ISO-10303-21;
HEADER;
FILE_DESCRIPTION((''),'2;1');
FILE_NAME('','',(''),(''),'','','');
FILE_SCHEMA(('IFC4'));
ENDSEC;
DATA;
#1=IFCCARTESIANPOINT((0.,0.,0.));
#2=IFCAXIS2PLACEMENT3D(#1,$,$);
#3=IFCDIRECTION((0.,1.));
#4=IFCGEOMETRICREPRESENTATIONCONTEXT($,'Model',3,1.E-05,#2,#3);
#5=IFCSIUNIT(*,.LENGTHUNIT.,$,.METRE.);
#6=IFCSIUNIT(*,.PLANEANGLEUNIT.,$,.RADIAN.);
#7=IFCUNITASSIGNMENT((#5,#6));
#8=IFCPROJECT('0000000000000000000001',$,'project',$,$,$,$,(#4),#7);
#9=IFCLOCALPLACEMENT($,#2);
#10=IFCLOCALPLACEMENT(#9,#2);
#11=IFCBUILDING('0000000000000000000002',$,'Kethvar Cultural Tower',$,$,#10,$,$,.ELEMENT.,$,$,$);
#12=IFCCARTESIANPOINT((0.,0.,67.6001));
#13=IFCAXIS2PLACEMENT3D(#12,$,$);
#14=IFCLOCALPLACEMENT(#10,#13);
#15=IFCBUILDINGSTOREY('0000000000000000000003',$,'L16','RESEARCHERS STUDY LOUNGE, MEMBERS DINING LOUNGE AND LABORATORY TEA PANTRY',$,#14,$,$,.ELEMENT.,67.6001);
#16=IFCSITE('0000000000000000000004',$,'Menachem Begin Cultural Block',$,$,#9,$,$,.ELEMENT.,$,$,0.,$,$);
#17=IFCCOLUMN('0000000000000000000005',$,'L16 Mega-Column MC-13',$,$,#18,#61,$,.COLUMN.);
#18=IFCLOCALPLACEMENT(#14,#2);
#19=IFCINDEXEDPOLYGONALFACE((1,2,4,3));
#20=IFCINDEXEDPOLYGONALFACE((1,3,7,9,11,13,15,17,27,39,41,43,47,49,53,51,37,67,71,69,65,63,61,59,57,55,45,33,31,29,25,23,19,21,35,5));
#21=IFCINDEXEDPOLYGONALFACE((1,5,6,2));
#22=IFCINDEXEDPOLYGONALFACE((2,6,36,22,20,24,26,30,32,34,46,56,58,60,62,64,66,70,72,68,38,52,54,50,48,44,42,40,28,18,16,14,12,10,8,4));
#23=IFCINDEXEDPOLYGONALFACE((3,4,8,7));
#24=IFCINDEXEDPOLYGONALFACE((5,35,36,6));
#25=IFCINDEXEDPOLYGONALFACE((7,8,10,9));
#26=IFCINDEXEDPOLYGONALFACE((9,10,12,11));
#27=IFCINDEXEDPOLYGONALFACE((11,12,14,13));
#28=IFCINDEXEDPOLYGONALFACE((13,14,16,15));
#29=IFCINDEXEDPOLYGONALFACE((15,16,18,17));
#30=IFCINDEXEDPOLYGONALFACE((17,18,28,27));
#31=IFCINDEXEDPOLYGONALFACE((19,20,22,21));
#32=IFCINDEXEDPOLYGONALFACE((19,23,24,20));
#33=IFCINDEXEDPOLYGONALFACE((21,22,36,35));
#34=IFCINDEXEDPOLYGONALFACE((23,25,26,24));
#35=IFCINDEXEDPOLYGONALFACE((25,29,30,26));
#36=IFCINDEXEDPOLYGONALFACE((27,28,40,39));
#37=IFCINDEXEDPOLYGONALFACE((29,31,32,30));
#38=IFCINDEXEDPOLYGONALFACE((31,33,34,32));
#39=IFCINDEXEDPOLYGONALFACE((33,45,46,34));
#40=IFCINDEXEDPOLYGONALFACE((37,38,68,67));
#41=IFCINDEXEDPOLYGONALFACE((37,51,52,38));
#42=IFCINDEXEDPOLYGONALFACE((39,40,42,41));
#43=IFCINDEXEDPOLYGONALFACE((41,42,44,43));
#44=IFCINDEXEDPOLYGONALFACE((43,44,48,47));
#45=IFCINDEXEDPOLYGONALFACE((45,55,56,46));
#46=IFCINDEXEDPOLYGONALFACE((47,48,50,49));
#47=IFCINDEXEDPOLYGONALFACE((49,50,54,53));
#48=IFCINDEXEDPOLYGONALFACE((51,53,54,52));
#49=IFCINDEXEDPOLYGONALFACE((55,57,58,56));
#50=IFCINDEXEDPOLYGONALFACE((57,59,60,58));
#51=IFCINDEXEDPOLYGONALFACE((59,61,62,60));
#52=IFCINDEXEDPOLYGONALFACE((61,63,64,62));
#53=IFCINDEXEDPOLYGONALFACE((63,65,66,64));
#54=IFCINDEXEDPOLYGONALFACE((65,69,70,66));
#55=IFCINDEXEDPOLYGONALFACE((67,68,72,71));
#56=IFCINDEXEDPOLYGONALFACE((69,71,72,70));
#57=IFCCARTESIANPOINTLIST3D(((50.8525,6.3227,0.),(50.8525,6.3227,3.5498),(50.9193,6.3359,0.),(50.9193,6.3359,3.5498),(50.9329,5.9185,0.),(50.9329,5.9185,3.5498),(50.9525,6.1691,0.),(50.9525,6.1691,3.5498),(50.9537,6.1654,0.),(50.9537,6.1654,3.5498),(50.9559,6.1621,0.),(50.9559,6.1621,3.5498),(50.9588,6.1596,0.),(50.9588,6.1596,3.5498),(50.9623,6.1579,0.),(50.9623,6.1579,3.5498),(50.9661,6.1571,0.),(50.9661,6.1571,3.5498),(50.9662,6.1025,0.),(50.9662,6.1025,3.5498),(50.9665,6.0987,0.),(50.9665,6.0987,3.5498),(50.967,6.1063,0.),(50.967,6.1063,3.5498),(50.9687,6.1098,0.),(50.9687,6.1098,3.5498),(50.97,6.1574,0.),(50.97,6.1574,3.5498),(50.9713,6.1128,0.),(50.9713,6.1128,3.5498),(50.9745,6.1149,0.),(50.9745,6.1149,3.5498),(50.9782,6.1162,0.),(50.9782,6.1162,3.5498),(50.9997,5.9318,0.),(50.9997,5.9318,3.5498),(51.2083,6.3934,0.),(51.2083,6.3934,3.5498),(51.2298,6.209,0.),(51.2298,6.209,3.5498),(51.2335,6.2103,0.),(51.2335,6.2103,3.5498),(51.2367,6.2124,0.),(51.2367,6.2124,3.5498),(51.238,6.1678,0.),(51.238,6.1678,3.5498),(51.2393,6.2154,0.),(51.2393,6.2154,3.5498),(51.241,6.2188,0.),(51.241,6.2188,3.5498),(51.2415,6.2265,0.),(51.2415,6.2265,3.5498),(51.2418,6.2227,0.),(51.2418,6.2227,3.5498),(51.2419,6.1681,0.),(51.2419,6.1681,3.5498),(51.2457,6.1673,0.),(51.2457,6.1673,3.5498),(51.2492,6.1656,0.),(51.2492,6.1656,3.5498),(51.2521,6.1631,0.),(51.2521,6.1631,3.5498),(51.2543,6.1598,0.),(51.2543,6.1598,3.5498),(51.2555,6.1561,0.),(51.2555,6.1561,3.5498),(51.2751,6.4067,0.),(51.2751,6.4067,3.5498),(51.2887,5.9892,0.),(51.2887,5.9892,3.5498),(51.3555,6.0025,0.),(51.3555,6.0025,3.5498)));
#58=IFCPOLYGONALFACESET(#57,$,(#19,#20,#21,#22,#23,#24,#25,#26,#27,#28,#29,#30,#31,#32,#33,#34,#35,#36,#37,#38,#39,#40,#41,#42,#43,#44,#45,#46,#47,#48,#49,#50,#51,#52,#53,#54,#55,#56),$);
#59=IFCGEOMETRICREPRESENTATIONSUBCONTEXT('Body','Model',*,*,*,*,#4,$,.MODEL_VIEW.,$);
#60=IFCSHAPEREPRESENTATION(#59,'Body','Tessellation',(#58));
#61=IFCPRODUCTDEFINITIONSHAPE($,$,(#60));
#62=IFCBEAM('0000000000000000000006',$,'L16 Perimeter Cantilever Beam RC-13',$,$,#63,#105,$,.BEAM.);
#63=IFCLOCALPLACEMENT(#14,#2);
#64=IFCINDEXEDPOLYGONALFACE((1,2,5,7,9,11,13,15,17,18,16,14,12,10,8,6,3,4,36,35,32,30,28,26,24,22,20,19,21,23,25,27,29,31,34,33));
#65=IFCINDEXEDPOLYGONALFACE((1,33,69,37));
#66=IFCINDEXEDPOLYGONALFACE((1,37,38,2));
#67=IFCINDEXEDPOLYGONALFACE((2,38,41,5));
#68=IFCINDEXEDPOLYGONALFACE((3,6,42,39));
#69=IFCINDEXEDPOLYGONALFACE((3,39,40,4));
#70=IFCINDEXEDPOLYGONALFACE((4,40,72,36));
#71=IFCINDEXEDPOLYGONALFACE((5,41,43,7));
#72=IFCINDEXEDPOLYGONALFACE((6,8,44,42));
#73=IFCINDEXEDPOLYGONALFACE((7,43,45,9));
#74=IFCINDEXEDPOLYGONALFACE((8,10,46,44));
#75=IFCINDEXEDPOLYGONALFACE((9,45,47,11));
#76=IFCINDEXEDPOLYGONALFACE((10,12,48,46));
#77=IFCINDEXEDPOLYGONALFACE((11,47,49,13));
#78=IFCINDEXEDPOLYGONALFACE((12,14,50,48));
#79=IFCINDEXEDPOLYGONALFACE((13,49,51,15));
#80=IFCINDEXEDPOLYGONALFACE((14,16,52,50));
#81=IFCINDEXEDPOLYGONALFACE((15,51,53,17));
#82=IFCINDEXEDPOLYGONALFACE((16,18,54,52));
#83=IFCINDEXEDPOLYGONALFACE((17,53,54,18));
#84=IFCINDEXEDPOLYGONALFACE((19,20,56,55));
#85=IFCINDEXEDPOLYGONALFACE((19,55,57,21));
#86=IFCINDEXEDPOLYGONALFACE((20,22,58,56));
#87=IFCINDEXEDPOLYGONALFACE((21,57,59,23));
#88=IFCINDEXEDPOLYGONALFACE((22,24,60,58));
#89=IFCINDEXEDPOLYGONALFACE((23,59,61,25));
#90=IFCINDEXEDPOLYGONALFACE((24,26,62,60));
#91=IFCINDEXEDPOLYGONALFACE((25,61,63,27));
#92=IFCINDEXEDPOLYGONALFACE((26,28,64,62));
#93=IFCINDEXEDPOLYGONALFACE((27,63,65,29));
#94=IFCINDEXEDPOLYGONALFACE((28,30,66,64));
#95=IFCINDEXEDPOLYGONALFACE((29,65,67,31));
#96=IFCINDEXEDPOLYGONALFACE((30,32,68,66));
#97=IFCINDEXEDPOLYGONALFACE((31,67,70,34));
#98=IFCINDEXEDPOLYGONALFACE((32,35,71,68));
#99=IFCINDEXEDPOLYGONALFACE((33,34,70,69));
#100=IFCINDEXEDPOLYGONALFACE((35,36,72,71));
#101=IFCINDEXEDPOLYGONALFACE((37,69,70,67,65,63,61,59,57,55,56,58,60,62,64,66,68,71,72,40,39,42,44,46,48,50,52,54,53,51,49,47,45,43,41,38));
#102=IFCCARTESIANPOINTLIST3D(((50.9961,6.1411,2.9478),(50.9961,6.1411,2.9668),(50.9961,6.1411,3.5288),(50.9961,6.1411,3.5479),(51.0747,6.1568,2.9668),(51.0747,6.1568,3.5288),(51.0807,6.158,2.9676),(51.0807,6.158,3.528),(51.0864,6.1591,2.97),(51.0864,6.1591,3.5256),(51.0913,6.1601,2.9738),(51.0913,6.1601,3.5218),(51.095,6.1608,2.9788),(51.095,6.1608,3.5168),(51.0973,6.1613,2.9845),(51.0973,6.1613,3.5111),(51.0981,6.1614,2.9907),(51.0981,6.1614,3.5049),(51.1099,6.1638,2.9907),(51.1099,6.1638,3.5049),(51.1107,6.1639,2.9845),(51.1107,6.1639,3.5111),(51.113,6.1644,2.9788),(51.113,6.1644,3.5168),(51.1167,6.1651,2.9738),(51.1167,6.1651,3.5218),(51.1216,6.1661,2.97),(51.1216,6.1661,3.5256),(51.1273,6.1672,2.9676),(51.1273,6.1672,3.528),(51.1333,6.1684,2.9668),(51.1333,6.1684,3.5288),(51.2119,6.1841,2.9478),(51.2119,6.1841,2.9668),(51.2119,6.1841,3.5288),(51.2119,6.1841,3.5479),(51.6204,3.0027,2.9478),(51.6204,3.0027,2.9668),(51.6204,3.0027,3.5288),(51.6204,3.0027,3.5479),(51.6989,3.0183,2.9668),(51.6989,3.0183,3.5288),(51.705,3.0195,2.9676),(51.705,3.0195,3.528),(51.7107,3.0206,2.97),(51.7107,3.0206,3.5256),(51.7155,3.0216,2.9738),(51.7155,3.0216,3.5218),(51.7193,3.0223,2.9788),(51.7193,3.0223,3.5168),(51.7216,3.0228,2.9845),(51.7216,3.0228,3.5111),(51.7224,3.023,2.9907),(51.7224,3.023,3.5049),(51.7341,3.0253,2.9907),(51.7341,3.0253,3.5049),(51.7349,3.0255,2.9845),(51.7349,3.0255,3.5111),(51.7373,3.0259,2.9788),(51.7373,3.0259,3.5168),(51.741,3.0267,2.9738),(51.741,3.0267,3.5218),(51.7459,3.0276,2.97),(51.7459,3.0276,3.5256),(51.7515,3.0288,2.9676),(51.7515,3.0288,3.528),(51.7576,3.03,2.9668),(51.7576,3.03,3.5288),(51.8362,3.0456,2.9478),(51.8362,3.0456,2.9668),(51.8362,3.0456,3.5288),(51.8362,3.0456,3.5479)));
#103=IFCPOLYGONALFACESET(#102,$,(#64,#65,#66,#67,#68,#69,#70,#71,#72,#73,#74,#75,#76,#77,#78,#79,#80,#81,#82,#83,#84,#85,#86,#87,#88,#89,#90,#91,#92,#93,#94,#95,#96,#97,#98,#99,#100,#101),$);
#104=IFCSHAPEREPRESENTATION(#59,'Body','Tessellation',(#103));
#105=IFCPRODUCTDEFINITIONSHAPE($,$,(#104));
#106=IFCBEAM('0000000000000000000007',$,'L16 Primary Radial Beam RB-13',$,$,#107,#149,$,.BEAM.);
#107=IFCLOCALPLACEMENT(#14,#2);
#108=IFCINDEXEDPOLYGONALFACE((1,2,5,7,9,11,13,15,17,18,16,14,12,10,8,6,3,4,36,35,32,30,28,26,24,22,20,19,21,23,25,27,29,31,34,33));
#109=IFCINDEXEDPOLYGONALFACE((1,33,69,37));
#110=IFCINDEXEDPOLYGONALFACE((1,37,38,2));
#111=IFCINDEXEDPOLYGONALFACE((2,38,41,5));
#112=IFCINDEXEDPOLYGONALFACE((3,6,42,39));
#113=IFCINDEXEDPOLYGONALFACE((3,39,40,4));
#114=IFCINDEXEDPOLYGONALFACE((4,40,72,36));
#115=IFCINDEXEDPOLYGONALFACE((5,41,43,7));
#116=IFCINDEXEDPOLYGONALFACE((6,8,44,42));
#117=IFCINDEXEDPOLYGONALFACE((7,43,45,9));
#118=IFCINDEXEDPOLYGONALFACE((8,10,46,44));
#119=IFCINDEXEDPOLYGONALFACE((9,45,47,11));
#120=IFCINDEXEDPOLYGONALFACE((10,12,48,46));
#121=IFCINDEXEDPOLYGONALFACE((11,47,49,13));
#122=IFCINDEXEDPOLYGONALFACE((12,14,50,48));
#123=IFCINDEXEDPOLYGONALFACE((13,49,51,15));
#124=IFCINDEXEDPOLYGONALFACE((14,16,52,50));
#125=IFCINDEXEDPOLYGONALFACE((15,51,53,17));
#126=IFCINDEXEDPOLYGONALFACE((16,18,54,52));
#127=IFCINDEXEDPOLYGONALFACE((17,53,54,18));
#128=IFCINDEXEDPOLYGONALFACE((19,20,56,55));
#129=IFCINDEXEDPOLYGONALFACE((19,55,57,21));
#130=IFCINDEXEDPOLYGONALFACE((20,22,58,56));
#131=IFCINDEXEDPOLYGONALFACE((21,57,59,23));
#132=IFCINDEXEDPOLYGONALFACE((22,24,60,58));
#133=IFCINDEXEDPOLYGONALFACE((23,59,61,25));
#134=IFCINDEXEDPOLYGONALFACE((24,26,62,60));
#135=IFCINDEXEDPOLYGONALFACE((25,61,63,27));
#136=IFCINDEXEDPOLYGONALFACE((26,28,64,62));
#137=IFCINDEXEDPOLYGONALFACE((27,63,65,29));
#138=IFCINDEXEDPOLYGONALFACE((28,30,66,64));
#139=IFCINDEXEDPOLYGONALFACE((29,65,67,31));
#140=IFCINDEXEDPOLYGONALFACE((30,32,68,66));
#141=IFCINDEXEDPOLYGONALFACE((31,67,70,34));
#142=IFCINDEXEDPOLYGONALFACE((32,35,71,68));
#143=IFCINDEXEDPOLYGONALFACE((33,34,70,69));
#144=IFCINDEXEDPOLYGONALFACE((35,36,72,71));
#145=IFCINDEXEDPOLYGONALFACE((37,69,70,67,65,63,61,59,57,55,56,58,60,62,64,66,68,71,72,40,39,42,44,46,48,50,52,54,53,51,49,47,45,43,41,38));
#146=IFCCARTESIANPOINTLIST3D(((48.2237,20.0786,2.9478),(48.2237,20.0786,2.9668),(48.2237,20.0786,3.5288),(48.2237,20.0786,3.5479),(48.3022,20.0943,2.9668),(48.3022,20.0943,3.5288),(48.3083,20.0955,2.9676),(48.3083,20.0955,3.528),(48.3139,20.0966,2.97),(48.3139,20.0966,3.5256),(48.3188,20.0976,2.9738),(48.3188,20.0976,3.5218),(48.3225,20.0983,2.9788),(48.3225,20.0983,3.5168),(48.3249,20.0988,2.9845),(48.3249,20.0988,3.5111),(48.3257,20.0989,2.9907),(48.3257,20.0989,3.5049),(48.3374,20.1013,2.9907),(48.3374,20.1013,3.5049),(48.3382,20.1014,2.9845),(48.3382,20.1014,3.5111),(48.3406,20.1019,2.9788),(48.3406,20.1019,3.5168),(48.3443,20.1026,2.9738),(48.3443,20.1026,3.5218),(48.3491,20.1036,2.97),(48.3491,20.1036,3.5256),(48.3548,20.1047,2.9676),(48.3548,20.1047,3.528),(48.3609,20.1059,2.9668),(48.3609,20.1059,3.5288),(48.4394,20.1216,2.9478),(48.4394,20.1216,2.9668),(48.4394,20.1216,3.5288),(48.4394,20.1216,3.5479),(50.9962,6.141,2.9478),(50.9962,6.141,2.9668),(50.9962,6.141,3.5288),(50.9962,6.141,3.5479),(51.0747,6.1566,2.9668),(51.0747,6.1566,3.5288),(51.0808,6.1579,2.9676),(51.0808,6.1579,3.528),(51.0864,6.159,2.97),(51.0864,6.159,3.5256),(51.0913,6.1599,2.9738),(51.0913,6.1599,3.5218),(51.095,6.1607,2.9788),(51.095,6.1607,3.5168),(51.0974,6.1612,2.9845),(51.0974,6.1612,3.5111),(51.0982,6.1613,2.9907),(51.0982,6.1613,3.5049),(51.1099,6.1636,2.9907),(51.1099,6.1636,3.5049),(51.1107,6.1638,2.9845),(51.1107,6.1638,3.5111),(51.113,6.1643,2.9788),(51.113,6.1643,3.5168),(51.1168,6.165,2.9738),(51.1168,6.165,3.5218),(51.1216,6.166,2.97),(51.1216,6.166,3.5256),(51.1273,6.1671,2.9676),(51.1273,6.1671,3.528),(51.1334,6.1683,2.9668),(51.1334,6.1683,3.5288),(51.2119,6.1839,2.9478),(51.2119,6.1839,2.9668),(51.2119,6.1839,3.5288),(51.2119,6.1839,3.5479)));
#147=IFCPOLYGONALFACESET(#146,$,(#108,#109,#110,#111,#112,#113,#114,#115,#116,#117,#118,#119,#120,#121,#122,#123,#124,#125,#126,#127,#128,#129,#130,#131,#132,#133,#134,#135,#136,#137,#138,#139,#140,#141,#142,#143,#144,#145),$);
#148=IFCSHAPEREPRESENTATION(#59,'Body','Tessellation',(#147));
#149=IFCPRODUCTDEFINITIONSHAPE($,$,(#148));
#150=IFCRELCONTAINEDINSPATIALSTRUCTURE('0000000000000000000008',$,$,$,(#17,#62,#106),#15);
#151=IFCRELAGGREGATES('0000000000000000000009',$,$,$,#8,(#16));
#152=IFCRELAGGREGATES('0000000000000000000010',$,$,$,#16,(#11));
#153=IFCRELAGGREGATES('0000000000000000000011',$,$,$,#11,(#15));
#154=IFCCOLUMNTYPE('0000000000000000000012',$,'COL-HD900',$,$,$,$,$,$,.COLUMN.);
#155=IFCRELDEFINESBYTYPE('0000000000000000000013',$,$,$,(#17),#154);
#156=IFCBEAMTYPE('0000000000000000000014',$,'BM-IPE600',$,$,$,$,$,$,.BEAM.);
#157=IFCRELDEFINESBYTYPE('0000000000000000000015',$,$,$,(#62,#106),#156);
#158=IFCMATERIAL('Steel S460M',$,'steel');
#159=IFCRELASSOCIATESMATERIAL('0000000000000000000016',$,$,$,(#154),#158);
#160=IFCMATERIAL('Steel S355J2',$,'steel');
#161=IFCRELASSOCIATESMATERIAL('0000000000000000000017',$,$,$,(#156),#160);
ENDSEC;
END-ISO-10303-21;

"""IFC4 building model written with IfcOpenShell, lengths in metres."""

from ifc_helpers import new_model, si_unit, direction, frame, origin, origin_2d, place, context, subcontext, project, spatial, i_section, extrude, source, transform, mapped, material, material_profile, profile_set, type_object, element, save


model = new_model("IFC4")

# Units and contexts
model_context = context("Model", 3, precision=1e-05, world=origin(), true_north=direction((0.0, 1.0)))
body_context = subcontext(model_context, "Body", "Model", "MODEL_VIEW")
ifc_project = project(units=[si_unit("LENGTHUNIT", "METRE"), si_unit("PLANEANGLEUNIT", "RADIAN")], contexts=[model_context])

# Site, building, storey
site_placement = place(None, origin())
site = spatial("IfcSite", under=ifc_project, at=site_placement, Name="Menachem Begin Cultural Block", CompositionType="ELEMENT", RefElevation=0.0)
building_placement = place(site_placement, origin())
building = spatial("IfcBuilding", under=site, at=building_placement, Name="Kethvar Cultural Tower", CompositionType="ELEMENT")
storey_placement = place(building_placement, frame((0.0, 0.0, 67.6001)))
storey = spatial("IfcBuildingStorey", under=building, at=storey_placement, Name="L16", Description="RESEARCHERS STUDY LOUNGE, MEMBERS DINING LOUNGE AND LABORATORY TEA PANTRY", CompositionType="ELEMENT", Elevation=67.6001)

# Column
ifc_material_1 = material(Name="Steel S460M", Category="steel")
ifc_material_profile_1 = material_profile(ifc_material_1, i_section(OverallWidth=0.4121, OverallDepth=0.4309, WebThickness=0.042, FlangeThickness=0.0681, FilletRadius=0.0149, at=origin_2d()), Name="Steel S460M — HD400x900")
ifc_profile_set_1 = profile_set([ifc_material_profile_1], Name="Steel S460M — HD400x900")
column_type = type_object("IfcColumnType", Name="COL-HD900", PredefinedType="COLUMN", material=ifc_profile_set_1)
shared_shape_1 = source(origin(), body_context, "Body", "SweptSolid", [
    extrude(i_section(OverallWidth=0.4121, OverallDepth=0.4309, WebThickness=0.042, FlangeThickness=0.0681, FilletRadius=0.0149, at=origin_2d()), origin(), (0.0, 0.0, 1.0), 3.5498),
])
column_placement = place(storey_placement, frame((51.104, 6.1626, 0.0), z_axis=(0.0, 0.0, 1.0), x_axis=(0.19509, -0.980785, 0.0)))
element("IfcColumn", 1, at=column_placement, inside=storey, type_object=column_type, Name="L16 Mega-Column MC-13", PredefinedType="COLUMN", context=body_context, shape_type="MappedRepresentation", body=[
    mapped(shared_shape_1, transform((0.0, 0.0, 0.0), scale=1.0)),
])

# Beams
ifc_material_2 = material(Name="Steel S355J2", Category="steel")
ifc_material_profile_2 = material_profile(ifc_material_2, i_section(OverallWidth=0.22, OverallDepth=0.6001, WebThickness=0.012, FlangeThickness=0.019, FilletRadius=0.0239, at=origin_2d()), Name="Steel S355J2 — IPE600")
ifc_profile_set_2 = profile_set([ifc_material_profile_2], Name="Steel S355J2 — IPE600")
beam_type_1 = type_object("IfcBeamType", Name="BM-IPE600", PredefinedType="BEAM", material=ifc_profile_set_2)
shared_shape_2 = source(origin(), body_context, "Body", "SweptSolid", [
    extrude(i_section(OverallWidth=0.22, OverallDepth=0.6001, WebThickness=0.012, FlangeThickness=0.019, FilletRadius=0.0239, at=origin_2d()), origin(), (0.0, 0.0, 1.0), 3.2),
])
beam_1_placement = place(storey_placement, frame((51.104, 6.1626, 3.2478), z_axis=(0.195089, -0.980786, 0.0), x_axis=(0.980786, 0.195089, 0.0)))
element("IfcBeam", 2, at=beam_1_placement, inside=storey, type_object=beam_type_1, Name="L16 Perimeter Cantilever Beam RC-13", PredefinedType="BEAM", context=body_context, shape_type="MappedRepresentation", body=[
    mapped(shared_shape_2, transform((0.0, 0.0, 0.0), scale=1.0)),
])
shared_shape_3 = source(origin(), body_context, "Body", "SweptSolid", [
    extrude(i_section(OverallWidth=0.22, OverallDepth=0.6001, WebThickness=0.012, FlangeThickness=0.019, FilletRadius=0.0239, at=origin_2d()), origin(), (0.0, 0.0, 1.0), 14.2107),
])
beam_2_placement = place(storey_placement, frame((48.3315, 20.1001, 3.2478), z_axis=(0.195098, -0.980784, 0.0), x_axis=(0.980784, 0.195098, 0.0)))
element("IfcBeam", 3, at=beam_2_placement, inside=storey, type_object=beam_type_1, Name="L16 Primary Radial Beam RB-13", PredefinedType="BEAM", context=body_context, shape_type="MappedRepresentation", body=[
    mapped(shared_shape_3, transform((0.0, 0.0, 0.0), scale=1.0)),
])

save(model, "model.ifc")
